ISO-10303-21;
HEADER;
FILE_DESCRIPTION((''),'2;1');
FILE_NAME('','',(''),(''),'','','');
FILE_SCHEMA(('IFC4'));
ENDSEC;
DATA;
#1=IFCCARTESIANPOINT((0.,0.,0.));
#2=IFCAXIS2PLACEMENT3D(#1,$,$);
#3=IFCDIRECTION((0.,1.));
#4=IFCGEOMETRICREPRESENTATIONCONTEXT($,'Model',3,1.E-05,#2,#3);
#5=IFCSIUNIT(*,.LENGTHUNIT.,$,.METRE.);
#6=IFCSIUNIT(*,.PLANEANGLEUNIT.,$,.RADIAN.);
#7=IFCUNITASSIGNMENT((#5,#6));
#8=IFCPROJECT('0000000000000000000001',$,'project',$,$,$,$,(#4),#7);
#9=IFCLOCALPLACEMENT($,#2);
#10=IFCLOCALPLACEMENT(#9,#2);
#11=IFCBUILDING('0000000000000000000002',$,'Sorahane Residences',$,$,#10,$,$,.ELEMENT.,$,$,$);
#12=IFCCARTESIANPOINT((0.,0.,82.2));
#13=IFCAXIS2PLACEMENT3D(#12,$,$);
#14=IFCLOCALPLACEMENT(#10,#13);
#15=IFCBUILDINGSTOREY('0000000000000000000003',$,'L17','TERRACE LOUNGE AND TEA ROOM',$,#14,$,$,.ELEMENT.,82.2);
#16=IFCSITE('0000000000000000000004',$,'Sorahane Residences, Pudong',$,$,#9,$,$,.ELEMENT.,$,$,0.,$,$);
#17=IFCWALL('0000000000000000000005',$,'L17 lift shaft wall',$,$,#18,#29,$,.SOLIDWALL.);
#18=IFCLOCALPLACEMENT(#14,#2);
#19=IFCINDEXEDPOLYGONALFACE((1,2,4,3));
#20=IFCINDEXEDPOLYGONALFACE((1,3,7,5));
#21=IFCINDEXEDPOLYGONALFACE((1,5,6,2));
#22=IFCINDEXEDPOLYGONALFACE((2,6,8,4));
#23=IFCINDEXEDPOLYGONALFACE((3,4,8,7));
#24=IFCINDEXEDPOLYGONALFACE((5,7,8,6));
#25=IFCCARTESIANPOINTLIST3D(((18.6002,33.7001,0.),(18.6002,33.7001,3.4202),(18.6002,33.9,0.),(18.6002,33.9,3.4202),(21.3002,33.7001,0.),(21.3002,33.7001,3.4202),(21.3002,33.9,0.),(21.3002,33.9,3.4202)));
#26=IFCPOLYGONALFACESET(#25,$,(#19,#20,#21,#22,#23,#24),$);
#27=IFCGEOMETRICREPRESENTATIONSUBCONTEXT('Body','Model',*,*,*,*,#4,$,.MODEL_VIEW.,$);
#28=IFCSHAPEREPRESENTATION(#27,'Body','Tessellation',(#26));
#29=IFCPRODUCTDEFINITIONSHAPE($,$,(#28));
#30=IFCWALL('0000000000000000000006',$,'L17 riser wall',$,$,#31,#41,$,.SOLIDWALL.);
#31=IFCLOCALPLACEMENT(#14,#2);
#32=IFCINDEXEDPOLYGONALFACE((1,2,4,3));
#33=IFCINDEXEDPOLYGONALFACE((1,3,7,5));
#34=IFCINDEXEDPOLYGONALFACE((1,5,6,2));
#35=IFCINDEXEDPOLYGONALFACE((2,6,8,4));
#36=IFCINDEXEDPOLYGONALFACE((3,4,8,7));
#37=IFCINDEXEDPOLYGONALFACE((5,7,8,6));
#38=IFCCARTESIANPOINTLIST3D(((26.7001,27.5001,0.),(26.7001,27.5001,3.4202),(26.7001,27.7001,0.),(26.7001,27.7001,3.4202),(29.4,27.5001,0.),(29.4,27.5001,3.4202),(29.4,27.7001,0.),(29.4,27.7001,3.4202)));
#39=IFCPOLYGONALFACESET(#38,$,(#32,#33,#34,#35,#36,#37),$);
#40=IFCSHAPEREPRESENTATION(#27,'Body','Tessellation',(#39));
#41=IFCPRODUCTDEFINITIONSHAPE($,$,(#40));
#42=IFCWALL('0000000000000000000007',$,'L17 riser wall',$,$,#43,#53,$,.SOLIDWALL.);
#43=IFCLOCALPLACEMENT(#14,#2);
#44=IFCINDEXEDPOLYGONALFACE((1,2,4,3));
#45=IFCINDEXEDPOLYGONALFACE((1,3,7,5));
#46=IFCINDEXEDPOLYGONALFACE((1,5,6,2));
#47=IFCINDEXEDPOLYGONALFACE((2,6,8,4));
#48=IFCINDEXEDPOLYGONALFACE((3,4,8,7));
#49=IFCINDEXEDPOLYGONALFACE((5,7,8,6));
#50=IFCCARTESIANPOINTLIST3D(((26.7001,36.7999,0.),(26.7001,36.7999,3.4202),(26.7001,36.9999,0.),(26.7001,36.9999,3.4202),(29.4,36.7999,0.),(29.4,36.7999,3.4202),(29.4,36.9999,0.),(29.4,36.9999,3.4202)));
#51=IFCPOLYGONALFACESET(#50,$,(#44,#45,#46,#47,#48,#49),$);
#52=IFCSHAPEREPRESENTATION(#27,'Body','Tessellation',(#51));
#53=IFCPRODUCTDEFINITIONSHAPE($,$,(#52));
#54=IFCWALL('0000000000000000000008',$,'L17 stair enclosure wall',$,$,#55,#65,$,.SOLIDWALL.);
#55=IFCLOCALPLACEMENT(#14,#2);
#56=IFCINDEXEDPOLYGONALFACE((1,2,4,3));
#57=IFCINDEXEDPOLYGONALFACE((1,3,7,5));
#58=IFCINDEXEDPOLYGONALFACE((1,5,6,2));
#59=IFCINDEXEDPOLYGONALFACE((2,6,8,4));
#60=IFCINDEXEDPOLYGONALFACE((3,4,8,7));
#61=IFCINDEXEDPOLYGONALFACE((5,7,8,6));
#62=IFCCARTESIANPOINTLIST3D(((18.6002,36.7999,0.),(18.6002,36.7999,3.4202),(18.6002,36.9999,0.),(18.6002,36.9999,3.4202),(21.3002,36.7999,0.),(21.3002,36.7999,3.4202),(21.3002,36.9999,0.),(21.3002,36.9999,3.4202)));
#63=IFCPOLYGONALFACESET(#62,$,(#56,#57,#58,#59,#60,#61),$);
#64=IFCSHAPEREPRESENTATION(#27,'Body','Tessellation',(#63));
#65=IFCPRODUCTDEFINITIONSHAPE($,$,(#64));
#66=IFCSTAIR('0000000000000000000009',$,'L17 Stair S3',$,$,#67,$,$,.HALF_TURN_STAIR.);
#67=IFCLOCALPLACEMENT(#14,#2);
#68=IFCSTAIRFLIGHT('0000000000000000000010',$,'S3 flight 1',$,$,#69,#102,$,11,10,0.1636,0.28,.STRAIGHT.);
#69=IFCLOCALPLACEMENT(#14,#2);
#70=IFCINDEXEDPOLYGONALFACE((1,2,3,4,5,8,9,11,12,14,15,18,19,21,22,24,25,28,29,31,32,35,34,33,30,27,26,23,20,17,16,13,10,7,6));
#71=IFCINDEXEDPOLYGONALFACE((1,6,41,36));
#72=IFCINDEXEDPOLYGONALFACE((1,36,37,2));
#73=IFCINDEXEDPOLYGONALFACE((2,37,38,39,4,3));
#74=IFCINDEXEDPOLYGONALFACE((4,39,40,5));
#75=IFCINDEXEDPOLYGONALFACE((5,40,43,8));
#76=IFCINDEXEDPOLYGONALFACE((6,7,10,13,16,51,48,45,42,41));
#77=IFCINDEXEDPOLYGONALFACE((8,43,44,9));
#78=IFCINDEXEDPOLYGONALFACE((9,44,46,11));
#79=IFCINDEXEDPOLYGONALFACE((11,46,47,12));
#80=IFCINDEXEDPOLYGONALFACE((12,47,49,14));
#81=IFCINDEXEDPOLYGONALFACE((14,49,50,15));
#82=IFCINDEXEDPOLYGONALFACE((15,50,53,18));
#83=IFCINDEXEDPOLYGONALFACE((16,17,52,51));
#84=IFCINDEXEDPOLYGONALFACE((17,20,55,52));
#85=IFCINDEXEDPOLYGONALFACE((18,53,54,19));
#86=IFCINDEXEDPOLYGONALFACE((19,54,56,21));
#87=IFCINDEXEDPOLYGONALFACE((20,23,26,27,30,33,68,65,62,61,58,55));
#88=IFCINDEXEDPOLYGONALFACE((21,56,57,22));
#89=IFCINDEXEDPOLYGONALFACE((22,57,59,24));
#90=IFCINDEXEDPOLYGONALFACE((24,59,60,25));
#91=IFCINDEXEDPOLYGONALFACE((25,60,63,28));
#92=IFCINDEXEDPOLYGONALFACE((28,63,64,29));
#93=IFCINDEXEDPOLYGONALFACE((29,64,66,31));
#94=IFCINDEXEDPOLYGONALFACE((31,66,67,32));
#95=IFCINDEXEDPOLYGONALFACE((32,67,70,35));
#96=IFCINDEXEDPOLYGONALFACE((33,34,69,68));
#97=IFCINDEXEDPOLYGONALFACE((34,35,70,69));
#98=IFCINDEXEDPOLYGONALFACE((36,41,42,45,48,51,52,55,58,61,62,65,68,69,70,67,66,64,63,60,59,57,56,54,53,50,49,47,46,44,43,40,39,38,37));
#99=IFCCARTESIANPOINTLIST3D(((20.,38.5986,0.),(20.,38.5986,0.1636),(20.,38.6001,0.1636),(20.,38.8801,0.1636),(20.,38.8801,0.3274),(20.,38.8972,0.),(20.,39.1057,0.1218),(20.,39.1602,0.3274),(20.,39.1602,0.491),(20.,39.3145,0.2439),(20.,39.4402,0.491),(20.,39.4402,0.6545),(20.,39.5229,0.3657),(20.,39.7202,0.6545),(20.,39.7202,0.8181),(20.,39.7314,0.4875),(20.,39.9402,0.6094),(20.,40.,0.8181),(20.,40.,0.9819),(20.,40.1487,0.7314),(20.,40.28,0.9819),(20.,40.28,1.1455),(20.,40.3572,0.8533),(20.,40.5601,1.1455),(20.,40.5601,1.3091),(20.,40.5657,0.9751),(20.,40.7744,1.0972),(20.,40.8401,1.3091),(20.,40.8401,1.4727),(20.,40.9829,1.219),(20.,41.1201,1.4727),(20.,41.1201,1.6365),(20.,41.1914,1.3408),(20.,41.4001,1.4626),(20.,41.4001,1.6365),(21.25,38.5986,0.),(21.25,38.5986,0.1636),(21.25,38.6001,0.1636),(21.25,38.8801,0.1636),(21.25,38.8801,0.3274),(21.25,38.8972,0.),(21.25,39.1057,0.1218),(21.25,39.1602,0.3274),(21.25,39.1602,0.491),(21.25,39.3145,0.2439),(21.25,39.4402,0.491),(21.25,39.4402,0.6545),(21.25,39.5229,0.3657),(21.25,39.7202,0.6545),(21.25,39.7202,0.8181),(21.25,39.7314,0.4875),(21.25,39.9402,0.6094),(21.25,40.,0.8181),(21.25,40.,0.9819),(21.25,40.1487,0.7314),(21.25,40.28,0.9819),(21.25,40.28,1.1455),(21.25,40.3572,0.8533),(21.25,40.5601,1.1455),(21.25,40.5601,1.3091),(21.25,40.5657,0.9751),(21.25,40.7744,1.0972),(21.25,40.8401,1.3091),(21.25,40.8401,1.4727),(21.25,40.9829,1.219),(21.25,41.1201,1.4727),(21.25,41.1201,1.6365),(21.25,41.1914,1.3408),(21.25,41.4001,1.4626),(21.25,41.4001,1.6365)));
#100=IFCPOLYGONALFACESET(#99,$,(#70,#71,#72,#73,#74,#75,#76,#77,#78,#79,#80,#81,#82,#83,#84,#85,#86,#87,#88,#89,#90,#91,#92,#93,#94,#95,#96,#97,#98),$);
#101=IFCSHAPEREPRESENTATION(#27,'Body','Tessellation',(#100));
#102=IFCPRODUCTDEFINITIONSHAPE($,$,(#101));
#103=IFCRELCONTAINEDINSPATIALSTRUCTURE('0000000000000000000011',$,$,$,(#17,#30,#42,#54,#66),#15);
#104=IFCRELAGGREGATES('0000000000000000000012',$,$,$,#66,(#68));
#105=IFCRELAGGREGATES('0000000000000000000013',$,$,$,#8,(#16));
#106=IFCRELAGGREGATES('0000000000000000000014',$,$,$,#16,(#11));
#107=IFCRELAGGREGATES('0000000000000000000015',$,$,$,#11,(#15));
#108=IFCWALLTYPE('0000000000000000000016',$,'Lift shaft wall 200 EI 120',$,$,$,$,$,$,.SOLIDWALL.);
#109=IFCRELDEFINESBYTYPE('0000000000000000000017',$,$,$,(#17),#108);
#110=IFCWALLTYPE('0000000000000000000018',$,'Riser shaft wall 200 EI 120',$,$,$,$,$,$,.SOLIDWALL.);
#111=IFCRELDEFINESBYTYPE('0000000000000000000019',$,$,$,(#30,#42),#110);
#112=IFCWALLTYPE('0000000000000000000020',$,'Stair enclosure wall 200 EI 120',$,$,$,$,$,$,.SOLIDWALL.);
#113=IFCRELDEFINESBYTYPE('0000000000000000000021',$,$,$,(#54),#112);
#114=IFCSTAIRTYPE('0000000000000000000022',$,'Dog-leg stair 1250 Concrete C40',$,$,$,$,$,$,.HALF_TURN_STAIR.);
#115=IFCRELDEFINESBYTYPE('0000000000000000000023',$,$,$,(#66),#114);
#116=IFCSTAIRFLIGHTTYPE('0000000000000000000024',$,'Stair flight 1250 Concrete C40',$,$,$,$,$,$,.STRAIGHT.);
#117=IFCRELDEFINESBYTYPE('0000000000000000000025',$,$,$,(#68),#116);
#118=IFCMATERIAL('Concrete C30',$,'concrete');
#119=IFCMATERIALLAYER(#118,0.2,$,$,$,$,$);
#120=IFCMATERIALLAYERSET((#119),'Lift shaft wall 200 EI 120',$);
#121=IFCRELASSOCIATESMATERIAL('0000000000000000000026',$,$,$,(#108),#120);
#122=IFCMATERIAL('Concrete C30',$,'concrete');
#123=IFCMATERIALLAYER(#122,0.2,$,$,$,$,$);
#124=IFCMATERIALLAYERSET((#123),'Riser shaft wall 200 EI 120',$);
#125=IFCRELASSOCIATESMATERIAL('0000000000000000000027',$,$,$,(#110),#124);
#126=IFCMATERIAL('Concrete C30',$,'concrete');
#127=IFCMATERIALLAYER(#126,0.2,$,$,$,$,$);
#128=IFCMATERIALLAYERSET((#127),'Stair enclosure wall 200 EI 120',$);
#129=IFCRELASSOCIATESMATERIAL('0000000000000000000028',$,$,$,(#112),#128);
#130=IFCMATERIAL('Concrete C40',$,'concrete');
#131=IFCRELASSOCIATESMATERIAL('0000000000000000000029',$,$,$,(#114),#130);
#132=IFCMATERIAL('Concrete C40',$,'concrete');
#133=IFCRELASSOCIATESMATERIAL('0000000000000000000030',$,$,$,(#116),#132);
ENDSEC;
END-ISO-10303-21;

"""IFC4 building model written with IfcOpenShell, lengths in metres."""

from ifc_helpers import new_model, si_unit, direction, frame, frame_2d, origin, place, context, subcontext, project, spatial, polyline, rectangle, outline, extrude, material, layer, layer_set, type_object, element, aggregate, save


model = new_model("IFC4")

# Units and contexts
model_context = context("Model", 3, precision=1e-05, world=origin(), true_north=direction((0.0, 1.0)))
body_context = subcontext(model_context, "Body", "Model", "MODEL_VIEW")
ifc_project = project(units=[si_unit("LENGTHUNIT", "METRE"), si_unit("PLANEANGLEUNIT", "RADIAN")], contexts=[model_context])

# Site, building, storey
site_placement = place(None, origin())
site = spatial("IfcSite", under=ifc_project, at=site_placement, Name="Sorahane Residences, Pudong", CompositionType="ELEMENT", RefElevation=0.0)
building_placement = place(site_placement, origin())
building = spatial("IfcBuilding", under=site, at=building_placement, Name="Sorahane Residences", CompositionType="ELEMENT")
storey_placement = place(building_placement, frame((0.0, 0.0, 82.2)))
storey = spatial("IfcBuildingStorey", under=building, at=storey_placement, Name="L17", Description="TERRACE LOUNGE AND TEA ROOM", CompositionType="ELEMENT", Elevation=82.2)

# Walls
ifc_material_1 = material(Name="Concrete C30", Category="concrete")
ifc_layer_1 = layer(ifc_material_1, 0.2)
ifc_layer_set_1 = layer_set([ifc_layer_1], Name="Lift shaft wall 200 EI 120")
wall_type_1 = type_object("IfcWallType", Name="Lift shaft wall 200 EI 120", PredefinedType="SOLIDWALL", material=ifc_layer_set_1)
for number, where, z_axis, x_axis, name in (
    (1, (18.6001, 33.8, 0.0), (0.0, 0.0, 1.0), (1.0, 0.0, 0.0), "L17 lift shaft wall"),
):
    element("IfcWall", number, at=place(storey_placement, frame(where, z_axis=z_axis, x_axis=x_axis)), inside=storey, type_object=wall_type_1, Name=name, PredefinedType="SOLIDWALL", context=body_context, shape_type="SweptSolid", body=[
        extrude(rectangle(XDim=2.7, YDim=0.2, at=frame_2d((1.3501, 0.0))), origin(), (0.0, 0.0, 1.0), 3.4202),
    ])
ifc_material_2 = material(Name="Concrete C30", Category="concrete")
ifc_layer_2 = layer(ifc_material_2, 0.2)
ifc_layer_set_2 = layer_set([ifc_layer_2], Name="Riser shaft wall 200 EI 120")
wall_type_2 = type_object("IfcWallType", Name="Riser shaft wall 200 EI 120", PredefinedType="SOLIDWALL", material=ifc_layer_set_2)
for number, where, z_axis, x_axis, name in (
    (2, (26.7, 27.6001, 0.0), (0.0, 0.0, 1.0), (1.0, 0.0, 0.0), "L17 riser wall"),
    (3, (26.7, 36.8999, 0.0), (0.0, 0.0, 1.0), (1.0, 0.0, 0.0), "L17 riser wall"),
):
    element("IfcWall", number, at=place(storey_placement, frame(where, z_axis=z_axis, x_axis=x_axis)), inside=storey, type_object=wall_type_2, Name=name, PredefinedType="SOLIDWALL", context=body_context, shape_type="SweptSolid", body=[
        extrude(rectangle(XDim=2.7, YDim=0.2, at=frame_2d((1.3501, 0.0))), origin(), (0.0, 0.0, 1.0), 3.4202),
    ])
ifc_material_3 = material(Name="Concrete C30", Category="concrete")
ifc_layer_3 = layer(ifc_material_3, 0.2)
ifc_layer_set_3 = layer_set([ifc_layer_3], Name="Stair enclosure wall 200 EI 120")
wall_type_3 = type_object("IfcWallType", Name="Stair enclosure wall 200 EI 120", PredefinedType="SOLIDWALL", material=ifc_layer_set_3)
wall_placement = place(storey_placement, frame((18.6001, 36.8999, 0.0), z_axis=(0.0, 0.0, 1.0), x_axis=(1.0, 0.0, 0.0)))
element("IfcWall", 4, at=wall_placement, inside=storey, type_object=wall_type_3, Name="L17 stair enclosure wall", PredefinedType="SOLIDWALL", context=body_context, shape_type="SweptSolid", body=[
    extrude(rectangle(XDim=2.7, YDim=0.2, at=frame_2d((1.3501, 0.0))), origin(), (0.0, 0.0, 1.0), 3.4202),
])

# Stair, stair flight
ifc_material_4 = material(Name="Concrete C40", Category="concrete")
stair_type = type_object("IfcStairType", Name="Dog-leg stair 1250 Concrete C40", PredefinedType="HALF_TURN_STAIR", material=ifc_material_4)
stair_placement = place(storey_placement, origin())
stair = element("IfcStair", 5, at=stair_placement, inside=storey, type_object=stair_type, Name="L17 Stair S3", PredefinedType="HALF_TURN_STAIR")
ifc_material_5 = material(Name="Concrete C40", Category="concrete")
stair_flight_type = type_object("IfcStairFlightType", Name="Stair flight 1250 Concrete C40", PredefinedType="STRAIGHT", material=ifc_material_5)
stair_flight_placement = place(storey_placement, frame((20.625, 38.6001, 0.0), z_axis=(0.0, 0.0, 1.0), x_axis=(0.0, 1.0, 0.0)))
stair_flight = element("IfcStairFlight", 6, at=stair_flight_placement, type_object=stair_flight_type, Name="S3 flight 1", NumberOfRisers=11, NumberOfTreads=10, PredefinedType="STRAIGHT", RiserHeight=0.1636, TreadLength=0.28, context=body_context, shape_type="SweptSolid", body=[
    extrude(outline(polyline([(-0.0015, 0.0), (-0.0015, 0.1636), (0.0, 0.1636), (0.28, 0.1636), (0.28, 0.3274), (0.5601, 0.3274), (0.5601, 0.491), (0.8401, 0.491), (0.8401, 0.6545), (1.1201, 0.6545), (1.1201, 0.8181), (1.3999, 0.8181), (1.3999, 0.9819), (1.6799, 0.9819), (1.6799, 1.1455), (1.96, 1.1455), (1.96, 1.3091), (2.24, 1.3091), (2.24, 1.4727), (2.52, 1.4727), (2.52, 1.6365), (2.8, 1.6365), (2.8, 1.8), (2.8, 1.4626), (2.5913, 1.3408), (2.3828, 1.219), (2.1743, 1.0972), (1.9656, 0.9751), (1.7571, 0.8533), (1.5486, 0.7314), (1.3401, 0.6094), (1.1313, 0.4875), (0.9229, 0.3657), (0.7144, 0.2439), (0.5056, 0.1218), (0.2971, 0.0), (-0.0015, 0.0)])), frame((0.0, 0.625, 0.0), z_axis=(0.0, -1.0, 0.0), x_axis=(1.0, 0.0, 0.0)), (0.0, 0.0, 1.0), 1.25),
])
aggregate(stair, [stair_flight])

save(model, "model.ifc")
